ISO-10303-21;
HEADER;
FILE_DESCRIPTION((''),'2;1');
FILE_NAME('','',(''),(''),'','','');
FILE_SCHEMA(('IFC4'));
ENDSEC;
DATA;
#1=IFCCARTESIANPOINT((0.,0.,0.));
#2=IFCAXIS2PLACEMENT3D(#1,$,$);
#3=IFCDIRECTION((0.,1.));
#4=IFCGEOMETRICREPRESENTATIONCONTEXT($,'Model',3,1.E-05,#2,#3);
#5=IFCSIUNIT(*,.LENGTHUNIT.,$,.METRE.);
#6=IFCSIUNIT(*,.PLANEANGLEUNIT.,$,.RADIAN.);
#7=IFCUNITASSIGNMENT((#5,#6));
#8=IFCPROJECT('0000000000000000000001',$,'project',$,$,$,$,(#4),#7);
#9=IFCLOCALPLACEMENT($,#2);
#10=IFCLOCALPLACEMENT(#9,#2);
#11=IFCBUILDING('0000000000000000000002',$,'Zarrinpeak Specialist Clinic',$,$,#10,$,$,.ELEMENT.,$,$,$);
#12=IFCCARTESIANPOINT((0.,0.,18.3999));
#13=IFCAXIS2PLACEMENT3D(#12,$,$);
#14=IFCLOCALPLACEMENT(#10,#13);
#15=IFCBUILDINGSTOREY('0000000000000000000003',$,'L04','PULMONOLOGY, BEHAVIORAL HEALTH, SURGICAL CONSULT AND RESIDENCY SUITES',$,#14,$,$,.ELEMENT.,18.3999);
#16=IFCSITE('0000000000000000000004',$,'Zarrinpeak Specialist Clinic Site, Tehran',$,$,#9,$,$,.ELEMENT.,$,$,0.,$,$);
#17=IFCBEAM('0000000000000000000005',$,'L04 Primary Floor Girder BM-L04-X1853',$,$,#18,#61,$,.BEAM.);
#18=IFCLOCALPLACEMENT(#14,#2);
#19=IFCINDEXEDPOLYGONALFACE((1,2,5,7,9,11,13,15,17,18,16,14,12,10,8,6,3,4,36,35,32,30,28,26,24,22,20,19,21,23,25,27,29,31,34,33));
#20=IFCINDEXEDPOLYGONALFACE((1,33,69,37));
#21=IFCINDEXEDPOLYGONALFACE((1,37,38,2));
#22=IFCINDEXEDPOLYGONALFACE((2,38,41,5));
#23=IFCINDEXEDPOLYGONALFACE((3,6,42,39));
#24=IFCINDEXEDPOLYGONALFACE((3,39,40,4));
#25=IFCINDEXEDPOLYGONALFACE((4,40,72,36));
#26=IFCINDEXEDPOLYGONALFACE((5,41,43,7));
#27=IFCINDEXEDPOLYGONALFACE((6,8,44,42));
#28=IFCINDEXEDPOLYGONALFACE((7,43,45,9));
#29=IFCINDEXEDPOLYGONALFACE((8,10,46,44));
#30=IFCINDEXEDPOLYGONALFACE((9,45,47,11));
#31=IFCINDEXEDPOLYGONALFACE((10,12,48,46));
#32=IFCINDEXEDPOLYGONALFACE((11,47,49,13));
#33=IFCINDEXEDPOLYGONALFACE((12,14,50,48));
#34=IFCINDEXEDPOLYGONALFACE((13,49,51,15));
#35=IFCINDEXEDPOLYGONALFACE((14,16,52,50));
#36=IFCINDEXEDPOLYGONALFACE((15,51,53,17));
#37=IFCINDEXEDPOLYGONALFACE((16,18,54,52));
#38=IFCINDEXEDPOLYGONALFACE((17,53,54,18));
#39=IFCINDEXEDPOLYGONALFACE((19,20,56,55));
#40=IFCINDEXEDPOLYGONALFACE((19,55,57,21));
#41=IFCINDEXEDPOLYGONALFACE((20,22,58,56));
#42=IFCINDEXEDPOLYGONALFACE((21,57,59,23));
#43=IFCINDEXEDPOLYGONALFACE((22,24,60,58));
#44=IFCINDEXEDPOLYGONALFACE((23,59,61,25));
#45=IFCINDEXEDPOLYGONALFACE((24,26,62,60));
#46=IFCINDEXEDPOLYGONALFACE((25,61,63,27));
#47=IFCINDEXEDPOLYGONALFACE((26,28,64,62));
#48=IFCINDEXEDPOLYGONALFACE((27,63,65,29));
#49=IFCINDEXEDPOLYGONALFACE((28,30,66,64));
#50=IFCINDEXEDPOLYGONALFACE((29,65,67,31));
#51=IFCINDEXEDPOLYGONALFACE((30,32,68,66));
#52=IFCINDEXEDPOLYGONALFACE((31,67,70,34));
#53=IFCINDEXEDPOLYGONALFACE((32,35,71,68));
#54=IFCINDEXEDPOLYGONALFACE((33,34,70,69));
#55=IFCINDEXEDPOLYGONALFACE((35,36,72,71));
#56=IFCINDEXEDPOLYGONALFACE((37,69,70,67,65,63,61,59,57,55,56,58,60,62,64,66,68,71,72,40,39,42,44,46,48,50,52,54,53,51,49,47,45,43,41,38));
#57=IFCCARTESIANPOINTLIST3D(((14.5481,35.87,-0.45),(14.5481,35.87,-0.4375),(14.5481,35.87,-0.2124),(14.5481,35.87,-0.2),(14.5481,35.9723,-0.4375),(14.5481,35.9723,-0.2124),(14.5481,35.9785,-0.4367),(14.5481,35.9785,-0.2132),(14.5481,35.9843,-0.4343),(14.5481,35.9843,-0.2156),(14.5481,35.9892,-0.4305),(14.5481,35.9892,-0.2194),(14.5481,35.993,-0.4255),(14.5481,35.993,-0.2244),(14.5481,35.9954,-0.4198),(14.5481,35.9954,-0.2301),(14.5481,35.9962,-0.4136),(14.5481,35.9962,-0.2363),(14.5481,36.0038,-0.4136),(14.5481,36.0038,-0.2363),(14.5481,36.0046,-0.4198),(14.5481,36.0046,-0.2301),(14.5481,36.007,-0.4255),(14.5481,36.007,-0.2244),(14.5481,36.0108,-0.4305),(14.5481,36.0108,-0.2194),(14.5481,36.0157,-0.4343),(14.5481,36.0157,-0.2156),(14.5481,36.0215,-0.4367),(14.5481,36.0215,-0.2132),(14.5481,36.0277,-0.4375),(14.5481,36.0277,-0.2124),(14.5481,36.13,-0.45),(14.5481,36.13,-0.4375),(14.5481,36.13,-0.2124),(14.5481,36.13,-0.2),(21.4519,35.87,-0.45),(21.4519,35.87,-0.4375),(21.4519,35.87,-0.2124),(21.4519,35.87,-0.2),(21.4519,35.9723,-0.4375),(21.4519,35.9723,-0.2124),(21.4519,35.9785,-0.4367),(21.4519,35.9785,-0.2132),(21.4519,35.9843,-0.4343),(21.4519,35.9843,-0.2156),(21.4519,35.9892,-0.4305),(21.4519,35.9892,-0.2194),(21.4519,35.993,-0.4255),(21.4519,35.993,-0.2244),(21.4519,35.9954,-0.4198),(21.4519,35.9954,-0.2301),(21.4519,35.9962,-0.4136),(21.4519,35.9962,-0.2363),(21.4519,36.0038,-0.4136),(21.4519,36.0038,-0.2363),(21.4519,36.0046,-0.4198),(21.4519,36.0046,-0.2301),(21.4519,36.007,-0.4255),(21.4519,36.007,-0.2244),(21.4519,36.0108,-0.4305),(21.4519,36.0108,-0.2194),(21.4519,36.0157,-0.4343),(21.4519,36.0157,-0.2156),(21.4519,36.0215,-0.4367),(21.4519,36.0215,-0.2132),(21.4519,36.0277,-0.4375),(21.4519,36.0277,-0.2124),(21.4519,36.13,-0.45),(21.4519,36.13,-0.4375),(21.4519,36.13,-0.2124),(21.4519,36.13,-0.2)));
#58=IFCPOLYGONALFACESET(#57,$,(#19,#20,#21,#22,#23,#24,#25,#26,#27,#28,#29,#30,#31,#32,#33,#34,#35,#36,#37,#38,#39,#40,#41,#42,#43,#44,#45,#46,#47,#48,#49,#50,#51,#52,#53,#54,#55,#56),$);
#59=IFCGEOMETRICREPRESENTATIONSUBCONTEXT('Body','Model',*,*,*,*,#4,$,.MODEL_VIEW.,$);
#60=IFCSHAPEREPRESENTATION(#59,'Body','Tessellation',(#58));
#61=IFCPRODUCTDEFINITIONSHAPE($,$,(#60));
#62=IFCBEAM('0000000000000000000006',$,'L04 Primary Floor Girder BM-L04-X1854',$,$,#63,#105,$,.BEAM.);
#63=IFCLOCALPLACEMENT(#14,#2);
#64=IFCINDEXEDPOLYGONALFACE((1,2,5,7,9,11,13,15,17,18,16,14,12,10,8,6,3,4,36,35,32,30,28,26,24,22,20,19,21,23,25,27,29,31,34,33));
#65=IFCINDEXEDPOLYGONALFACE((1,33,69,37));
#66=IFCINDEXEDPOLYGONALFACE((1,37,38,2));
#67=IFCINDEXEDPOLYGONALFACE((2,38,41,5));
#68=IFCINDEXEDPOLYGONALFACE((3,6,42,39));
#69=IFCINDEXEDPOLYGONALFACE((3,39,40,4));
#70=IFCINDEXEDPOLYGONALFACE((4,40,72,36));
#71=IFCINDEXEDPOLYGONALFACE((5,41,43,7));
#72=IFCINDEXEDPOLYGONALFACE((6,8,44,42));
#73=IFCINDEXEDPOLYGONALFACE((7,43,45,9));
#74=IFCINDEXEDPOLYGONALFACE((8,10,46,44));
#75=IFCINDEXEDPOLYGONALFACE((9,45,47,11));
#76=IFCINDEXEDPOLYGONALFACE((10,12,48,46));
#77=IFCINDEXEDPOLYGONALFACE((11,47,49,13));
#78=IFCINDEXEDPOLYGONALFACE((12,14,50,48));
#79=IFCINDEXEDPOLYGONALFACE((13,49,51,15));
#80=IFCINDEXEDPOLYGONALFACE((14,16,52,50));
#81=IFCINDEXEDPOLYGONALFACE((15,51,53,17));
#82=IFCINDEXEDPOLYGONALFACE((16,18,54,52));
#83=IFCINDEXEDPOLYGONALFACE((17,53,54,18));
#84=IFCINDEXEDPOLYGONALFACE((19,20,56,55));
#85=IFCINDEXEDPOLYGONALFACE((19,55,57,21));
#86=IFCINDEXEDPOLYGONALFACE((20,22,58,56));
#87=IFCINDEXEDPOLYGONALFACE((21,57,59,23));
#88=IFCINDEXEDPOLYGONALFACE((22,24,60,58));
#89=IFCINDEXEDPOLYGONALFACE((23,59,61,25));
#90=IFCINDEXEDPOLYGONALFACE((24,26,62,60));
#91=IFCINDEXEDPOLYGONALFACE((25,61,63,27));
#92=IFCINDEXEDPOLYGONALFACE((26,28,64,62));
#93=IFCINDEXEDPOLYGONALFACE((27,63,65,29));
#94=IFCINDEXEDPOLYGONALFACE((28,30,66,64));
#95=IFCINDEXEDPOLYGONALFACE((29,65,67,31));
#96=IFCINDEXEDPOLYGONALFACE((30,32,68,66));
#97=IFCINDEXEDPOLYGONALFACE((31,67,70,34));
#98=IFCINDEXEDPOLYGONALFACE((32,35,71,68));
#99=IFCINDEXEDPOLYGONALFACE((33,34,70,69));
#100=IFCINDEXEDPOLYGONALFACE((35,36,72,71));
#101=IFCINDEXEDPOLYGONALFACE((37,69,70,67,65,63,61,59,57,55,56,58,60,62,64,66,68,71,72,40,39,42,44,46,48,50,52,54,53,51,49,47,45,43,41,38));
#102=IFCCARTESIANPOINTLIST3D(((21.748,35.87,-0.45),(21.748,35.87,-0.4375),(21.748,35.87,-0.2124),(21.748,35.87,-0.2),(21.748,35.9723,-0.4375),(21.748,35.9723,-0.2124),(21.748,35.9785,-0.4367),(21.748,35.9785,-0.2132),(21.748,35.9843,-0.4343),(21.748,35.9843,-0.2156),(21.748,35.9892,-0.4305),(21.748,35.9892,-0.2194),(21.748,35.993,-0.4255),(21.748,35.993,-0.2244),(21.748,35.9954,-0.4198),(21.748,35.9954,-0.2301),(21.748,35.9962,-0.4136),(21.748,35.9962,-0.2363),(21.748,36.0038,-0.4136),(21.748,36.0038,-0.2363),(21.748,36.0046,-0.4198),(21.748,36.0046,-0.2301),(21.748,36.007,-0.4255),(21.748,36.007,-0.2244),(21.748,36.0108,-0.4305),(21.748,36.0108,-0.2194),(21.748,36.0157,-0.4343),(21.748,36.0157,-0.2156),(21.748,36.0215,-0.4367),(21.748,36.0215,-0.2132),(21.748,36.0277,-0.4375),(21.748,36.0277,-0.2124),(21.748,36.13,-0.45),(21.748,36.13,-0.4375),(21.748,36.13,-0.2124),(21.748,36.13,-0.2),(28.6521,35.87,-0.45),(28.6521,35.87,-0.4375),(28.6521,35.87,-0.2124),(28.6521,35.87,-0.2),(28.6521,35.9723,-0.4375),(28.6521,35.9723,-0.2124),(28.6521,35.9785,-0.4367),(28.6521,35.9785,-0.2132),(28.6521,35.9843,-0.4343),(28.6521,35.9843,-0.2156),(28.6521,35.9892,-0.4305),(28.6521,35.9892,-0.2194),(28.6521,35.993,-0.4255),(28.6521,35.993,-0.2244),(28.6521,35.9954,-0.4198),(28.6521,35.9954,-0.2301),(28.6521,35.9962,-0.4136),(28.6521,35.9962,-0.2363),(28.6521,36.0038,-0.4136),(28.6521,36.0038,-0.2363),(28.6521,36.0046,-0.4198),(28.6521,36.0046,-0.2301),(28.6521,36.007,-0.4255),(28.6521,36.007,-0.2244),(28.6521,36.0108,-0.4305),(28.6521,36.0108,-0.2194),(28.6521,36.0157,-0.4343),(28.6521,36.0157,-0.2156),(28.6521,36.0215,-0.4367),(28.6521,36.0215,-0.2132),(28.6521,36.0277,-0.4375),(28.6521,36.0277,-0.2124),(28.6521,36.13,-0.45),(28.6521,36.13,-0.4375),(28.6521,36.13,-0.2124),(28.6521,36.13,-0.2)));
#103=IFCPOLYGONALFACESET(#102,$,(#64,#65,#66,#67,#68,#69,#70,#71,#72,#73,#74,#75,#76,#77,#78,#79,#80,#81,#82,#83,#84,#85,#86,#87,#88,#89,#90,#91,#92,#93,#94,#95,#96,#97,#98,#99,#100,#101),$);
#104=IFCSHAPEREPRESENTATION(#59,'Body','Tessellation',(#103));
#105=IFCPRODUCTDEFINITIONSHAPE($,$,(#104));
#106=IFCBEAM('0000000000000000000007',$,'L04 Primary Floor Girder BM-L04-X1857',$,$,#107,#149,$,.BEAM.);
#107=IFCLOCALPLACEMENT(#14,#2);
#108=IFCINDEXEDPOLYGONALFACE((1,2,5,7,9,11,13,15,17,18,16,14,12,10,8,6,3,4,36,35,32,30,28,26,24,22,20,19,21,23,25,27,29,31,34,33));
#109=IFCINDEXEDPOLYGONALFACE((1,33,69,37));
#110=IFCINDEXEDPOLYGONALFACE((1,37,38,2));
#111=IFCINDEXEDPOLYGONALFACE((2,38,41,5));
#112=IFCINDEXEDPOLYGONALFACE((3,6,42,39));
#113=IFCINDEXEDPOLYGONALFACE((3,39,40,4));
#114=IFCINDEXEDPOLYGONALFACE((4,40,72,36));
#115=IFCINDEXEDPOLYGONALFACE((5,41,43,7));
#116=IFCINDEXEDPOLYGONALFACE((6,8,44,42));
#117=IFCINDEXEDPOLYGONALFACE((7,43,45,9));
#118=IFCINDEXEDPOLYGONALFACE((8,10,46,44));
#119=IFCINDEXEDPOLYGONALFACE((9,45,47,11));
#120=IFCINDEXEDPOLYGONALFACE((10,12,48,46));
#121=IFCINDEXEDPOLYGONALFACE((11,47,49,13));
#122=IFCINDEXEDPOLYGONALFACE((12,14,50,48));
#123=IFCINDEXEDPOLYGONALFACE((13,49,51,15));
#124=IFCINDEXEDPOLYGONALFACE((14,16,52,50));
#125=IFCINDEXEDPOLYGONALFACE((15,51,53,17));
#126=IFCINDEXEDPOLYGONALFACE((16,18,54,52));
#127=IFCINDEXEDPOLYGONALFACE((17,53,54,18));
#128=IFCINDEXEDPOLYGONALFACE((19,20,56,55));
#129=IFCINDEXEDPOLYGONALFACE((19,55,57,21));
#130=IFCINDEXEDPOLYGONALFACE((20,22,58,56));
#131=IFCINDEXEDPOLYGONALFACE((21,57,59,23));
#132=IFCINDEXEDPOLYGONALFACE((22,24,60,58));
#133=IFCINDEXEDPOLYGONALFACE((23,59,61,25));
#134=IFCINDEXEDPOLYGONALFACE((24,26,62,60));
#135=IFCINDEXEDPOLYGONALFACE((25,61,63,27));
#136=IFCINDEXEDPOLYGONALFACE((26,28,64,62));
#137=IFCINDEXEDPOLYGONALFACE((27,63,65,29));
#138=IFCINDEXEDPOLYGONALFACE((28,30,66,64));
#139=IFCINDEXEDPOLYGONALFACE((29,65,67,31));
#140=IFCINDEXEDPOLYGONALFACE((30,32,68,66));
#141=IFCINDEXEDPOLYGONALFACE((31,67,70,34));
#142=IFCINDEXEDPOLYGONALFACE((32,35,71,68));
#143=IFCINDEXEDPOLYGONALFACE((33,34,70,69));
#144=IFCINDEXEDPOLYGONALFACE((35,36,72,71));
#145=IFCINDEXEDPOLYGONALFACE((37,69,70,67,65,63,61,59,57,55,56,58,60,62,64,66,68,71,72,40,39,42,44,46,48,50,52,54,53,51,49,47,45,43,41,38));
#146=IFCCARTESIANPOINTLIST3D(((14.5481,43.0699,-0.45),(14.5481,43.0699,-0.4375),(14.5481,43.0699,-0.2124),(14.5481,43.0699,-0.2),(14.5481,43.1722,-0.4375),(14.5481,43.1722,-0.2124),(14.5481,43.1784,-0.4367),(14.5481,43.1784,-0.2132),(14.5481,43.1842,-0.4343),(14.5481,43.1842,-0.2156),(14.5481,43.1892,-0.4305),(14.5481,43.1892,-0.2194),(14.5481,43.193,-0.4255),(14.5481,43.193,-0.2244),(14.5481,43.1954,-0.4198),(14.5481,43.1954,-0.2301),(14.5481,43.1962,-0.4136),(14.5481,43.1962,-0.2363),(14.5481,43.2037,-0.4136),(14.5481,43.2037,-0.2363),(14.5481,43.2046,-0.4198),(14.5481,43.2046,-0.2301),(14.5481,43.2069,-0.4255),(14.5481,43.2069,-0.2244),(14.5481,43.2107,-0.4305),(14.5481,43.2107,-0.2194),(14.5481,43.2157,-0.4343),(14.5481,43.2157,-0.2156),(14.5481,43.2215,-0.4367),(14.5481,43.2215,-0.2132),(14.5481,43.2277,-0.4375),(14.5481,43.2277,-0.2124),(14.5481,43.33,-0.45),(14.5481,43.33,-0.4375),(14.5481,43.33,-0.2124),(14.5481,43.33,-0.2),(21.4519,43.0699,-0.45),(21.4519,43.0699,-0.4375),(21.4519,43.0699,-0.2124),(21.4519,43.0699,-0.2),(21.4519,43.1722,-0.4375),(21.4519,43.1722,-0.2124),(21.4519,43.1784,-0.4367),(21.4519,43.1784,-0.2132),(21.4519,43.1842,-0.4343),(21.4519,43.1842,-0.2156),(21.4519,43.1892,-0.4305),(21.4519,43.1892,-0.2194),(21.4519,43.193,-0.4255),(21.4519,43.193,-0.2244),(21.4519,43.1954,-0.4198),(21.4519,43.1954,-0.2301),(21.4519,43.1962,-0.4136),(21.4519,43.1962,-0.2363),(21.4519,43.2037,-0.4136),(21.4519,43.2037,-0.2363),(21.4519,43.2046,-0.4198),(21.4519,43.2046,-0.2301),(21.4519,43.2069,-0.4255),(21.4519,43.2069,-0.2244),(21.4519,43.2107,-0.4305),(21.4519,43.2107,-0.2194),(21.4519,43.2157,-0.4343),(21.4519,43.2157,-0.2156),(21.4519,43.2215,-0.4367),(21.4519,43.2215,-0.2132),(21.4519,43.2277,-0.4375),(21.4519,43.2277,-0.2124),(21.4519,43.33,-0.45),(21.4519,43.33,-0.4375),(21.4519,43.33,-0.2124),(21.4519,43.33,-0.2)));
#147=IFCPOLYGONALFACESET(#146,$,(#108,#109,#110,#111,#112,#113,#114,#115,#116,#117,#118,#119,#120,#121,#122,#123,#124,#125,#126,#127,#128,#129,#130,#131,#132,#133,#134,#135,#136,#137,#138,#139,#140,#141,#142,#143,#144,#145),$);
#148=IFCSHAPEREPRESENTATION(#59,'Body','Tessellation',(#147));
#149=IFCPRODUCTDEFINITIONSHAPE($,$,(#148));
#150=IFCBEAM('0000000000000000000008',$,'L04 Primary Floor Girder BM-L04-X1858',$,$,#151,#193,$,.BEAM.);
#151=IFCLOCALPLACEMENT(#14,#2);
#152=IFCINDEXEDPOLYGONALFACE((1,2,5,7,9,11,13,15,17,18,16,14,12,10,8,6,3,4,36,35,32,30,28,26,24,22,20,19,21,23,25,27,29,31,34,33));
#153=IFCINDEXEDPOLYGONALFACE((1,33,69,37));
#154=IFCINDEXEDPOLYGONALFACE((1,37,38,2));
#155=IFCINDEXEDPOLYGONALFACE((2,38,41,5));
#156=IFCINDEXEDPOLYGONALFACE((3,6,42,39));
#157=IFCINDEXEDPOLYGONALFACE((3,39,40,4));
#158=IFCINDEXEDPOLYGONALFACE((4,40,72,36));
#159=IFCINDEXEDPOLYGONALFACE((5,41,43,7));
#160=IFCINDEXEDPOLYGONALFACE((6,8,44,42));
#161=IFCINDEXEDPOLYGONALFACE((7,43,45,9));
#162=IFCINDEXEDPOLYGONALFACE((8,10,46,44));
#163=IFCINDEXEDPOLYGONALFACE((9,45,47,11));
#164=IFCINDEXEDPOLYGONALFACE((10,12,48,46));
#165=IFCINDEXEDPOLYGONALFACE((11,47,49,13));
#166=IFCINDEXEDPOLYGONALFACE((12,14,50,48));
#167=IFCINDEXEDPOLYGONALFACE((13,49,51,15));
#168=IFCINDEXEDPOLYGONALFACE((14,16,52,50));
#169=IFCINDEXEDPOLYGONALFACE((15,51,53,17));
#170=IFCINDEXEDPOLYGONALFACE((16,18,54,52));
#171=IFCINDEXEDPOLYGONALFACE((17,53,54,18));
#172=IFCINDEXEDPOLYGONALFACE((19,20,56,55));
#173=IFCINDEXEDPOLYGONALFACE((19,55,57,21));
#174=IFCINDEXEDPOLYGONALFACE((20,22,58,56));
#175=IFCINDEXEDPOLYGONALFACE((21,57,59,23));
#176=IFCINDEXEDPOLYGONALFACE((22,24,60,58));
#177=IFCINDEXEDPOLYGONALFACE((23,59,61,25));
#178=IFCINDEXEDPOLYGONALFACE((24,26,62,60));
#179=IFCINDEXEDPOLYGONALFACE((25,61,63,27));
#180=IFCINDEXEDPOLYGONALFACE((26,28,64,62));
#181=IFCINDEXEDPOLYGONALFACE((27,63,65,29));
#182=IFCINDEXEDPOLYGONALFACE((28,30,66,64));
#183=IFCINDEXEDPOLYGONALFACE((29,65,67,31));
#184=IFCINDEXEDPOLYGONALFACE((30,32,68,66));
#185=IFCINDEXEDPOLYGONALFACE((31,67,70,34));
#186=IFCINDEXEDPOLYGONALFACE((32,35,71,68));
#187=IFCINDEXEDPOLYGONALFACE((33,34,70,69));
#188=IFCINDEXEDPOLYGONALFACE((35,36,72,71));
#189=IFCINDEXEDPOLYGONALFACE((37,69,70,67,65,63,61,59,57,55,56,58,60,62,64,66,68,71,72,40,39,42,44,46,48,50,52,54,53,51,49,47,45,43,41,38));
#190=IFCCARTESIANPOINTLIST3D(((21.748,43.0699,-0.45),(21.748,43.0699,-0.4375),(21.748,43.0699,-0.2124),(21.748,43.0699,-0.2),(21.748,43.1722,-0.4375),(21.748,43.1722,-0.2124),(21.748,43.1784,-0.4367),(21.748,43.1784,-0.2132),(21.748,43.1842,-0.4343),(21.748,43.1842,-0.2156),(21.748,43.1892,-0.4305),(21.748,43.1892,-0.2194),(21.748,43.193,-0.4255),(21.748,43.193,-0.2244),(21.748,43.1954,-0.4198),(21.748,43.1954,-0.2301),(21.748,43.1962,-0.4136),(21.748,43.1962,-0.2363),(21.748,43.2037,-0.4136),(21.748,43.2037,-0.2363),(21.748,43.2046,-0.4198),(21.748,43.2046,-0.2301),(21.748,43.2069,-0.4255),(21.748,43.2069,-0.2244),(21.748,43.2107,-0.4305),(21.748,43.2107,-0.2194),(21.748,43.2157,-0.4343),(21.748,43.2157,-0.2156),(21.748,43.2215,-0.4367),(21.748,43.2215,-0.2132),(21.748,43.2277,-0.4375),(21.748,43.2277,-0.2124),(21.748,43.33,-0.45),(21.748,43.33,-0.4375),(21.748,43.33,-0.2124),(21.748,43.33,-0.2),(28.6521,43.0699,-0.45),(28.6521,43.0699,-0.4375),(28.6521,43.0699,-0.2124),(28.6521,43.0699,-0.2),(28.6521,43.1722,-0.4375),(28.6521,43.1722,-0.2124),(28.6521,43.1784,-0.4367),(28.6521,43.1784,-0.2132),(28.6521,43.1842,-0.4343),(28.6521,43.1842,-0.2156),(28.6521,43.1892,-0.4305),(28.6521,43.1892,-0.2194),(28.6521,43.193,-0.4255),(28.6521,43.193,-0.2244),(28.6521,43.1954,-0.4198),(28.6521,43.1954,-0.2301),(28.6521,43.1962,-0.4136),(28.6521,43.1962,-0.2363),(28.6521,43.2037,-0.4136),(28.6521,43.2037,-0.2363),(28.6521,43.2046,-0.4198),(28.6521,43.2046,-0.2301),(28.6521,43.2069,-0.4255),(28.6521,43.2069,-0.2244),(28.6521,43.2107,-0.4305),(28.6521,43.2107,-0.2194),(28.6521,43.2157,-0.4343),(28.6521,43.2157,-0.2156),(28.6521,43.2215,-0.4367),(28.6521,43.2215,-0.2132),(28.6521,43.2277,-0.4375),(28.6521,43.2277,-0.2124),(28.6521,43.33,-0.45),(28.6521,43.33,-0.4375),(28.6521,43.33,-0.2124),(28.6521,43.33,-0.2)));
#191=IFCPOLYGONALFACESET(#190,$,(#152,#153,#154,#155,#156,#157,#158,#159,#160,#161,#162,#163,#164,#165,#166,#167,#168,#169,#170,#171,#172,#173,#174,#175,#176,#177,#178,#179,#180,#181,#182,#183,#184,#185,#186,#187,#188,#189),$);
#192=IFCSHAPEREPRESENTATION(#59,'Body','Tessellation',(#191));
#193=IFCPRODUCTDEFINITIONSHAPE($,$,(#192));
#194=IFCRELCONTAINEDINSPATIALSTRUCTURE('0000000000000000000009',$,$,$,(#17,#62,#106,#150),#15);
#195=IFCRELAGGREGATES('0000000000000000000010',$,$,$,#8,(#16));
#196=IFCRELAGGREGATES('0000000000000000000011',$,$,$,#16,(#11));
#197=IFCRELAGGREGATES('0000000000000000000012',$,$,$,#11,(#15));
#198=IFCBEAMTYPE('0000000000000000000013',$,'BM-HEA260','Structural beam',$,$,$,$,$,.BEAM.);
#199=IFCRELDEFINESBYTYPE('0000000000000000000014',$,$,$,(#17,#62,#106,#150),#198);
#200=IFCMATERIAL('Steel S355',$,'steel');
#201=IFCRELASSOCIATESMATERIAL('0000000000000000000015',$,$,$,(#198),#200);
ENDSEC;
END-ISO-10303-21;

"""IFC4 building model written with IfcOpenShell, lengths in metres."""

from ifc_helpers import new_model, si_unit, direction, frame, origin, origin_2d, place, context, subcontext, project, spatial, i_section, extrude, material, material_profile, profile_set, type_object, element, save


model = new_model("IFC4")

# Units and contexts
model_context = context("Model", 3, precision=1e-05, world=origin(), true_north=direction((0.0, 1.0)))
body_context = subcontext(model_context, "Body", "Model", "MODEL_VIEW")
ifc_project = project(units=[si_unit("LENGTHUNIT", "METRE"), si_unit("PLANEANGLEUNIT", "RADIAN")], contexts=[model_context])

# Site, building, storey
site_placement = place(None, origin())
site = spatial("IfcSite", under=ifc_project, at=site_placement, Name="Zarrinpeak Specialist Clinic Site, Tehran", CompositionType="ELEMENT", RefElevation=0.0)
building_placement = place(site_placement, origin())
building = spatial("IfcBuilding", under=site, at=building_placement, Name="Zarrinpeak Specialist Clinic", CompositionType="ELEMENT")
storey_placement = place(building_placement, frame((0.0, 0.0, 18.3999)))
storey = spatial("IfcBuildingStorey", under=building, at=storey_placement, Name="L04", Description="PULMONOLOGY, BEHAVIORAL HEALTH, SURGICAL CONSULT AND RESIDENCY SUITES", CompositionType="ELEMENT", Elevation=18.3999)

# Shared definitions
ifc_material_1 = material(Name="Steel S355", Category="steel")

# Beams
ifc_material_profile_1 = material_profile(ifc_material_1, i_section(OverallWidth=0.26, OverallDepth=0.25, WebThickness=0.0076, FlangeThickness=0.0125, FilletRadius=0.0239, at=origin_2d()), Name="HEA 260")
ifc_profile_set_1 = profile_set([ifc_material_profile_1], Name="Steel S355")
beam_type_1 = type_object("IfcBeamType", Name="BM-HEA260", Description="Structural beam", PredefinedType="BEAM", material=ifc_profile_set_1)
beam_1_placement = place(storey_placement, frame((14.5481, 36.0, -0.325), z_axis=(1.0, 0.0, 0.0), x_axis=(0.0, 1.0, 0.0)))
element("IfcBeam", 1, at=beam_1_placement, inside=storey, type_object=beam_type_1, Name="L04 Primary Floor Girder BM-L04-X1853", PredefinedType="BEAM", context=body_context, shape_type="SweptSolid", body=[
    extrude(i_section(OverallWidth=0.26, OverallDepth=0.25, WebThickness=0.0076, FlangeThickness=0.0125, FilletRadius=0.0239, at=origin_2d()), origin(), (0.0, 0.0, 1.0), 6.9038),
])
beam_2_placement = place(storey_placement, frame((21.748, 36.0, -0.325), z_axis=(1.0, 0.0, 0.0), x_axis=(0.0, 1.0, 0.0)))
element("IfcBeam", 2, at=beam_2_placement, inside=storey, type_object=beam_type_1, Name="L04 Primary Floor Girder BM-L04-X1854", PredefinedType="BEAM", context=body_context, shape_type="SweptSolid", body=[
    extrude(i_section(OverallWidth=0.26, OverallDepth=0.25, WebThickness=0.0076, FlangeThickness=0.0125, FilletRadius=0.0239, at=origin_2d()), origin(), (0.0, 0.0, 1.0), 6.9041),
])
beam_3_placement = place(storey_placement, frame((14.5481, 43.2, -0.325), z_axis=(1.0, 0.0, 0.0), x_axis=(0.0, 1.0, 0.0)))
element("IfcBeam", 3, at=beam_3_placement, inside=storey, type_object=beam_type_1, Name="L04 Primary Floor Girder BM-L04-X1857", PredefinedType="BEAM", context=body_context, shape_type="SweptSolid", body=[
    extrude(i_section(OverallWidth=0.26, OverallDepth=0.25, WebThickness=0.0076, FlangeThickness=0.0125, FilletRadius=0.0239, at=origin_2d()), origin(), (0.0, 0.0, 1.0), 6.9038),
])
beam_4_placement = place(storey_placement, frame((21.748, 43.2, -0.325), z_axis=(1.0, 0.0, 0.0), x_axis=(0.0, 1.0, 0.0)))
element("IfcBeam", 4, at=beam_4_placement, inside=storey, type_object=beam_type_1, Name="L04 Primary Floor Girder BM-L04-X1858", PredefinedType="BEAM", context=body_context, shape_type="SweptSolid", body=[
    extrude(i_section(OverallWidth=0.26, OverallDepth=0.25, WebThickness=0.0076, FlangeThickness=0.0125, FilletRadius=0.0239, at=origin_2d()), origin(), (0.0, 0.0, 1.0), 6.9041),
])

save(model, "model.ifc")
